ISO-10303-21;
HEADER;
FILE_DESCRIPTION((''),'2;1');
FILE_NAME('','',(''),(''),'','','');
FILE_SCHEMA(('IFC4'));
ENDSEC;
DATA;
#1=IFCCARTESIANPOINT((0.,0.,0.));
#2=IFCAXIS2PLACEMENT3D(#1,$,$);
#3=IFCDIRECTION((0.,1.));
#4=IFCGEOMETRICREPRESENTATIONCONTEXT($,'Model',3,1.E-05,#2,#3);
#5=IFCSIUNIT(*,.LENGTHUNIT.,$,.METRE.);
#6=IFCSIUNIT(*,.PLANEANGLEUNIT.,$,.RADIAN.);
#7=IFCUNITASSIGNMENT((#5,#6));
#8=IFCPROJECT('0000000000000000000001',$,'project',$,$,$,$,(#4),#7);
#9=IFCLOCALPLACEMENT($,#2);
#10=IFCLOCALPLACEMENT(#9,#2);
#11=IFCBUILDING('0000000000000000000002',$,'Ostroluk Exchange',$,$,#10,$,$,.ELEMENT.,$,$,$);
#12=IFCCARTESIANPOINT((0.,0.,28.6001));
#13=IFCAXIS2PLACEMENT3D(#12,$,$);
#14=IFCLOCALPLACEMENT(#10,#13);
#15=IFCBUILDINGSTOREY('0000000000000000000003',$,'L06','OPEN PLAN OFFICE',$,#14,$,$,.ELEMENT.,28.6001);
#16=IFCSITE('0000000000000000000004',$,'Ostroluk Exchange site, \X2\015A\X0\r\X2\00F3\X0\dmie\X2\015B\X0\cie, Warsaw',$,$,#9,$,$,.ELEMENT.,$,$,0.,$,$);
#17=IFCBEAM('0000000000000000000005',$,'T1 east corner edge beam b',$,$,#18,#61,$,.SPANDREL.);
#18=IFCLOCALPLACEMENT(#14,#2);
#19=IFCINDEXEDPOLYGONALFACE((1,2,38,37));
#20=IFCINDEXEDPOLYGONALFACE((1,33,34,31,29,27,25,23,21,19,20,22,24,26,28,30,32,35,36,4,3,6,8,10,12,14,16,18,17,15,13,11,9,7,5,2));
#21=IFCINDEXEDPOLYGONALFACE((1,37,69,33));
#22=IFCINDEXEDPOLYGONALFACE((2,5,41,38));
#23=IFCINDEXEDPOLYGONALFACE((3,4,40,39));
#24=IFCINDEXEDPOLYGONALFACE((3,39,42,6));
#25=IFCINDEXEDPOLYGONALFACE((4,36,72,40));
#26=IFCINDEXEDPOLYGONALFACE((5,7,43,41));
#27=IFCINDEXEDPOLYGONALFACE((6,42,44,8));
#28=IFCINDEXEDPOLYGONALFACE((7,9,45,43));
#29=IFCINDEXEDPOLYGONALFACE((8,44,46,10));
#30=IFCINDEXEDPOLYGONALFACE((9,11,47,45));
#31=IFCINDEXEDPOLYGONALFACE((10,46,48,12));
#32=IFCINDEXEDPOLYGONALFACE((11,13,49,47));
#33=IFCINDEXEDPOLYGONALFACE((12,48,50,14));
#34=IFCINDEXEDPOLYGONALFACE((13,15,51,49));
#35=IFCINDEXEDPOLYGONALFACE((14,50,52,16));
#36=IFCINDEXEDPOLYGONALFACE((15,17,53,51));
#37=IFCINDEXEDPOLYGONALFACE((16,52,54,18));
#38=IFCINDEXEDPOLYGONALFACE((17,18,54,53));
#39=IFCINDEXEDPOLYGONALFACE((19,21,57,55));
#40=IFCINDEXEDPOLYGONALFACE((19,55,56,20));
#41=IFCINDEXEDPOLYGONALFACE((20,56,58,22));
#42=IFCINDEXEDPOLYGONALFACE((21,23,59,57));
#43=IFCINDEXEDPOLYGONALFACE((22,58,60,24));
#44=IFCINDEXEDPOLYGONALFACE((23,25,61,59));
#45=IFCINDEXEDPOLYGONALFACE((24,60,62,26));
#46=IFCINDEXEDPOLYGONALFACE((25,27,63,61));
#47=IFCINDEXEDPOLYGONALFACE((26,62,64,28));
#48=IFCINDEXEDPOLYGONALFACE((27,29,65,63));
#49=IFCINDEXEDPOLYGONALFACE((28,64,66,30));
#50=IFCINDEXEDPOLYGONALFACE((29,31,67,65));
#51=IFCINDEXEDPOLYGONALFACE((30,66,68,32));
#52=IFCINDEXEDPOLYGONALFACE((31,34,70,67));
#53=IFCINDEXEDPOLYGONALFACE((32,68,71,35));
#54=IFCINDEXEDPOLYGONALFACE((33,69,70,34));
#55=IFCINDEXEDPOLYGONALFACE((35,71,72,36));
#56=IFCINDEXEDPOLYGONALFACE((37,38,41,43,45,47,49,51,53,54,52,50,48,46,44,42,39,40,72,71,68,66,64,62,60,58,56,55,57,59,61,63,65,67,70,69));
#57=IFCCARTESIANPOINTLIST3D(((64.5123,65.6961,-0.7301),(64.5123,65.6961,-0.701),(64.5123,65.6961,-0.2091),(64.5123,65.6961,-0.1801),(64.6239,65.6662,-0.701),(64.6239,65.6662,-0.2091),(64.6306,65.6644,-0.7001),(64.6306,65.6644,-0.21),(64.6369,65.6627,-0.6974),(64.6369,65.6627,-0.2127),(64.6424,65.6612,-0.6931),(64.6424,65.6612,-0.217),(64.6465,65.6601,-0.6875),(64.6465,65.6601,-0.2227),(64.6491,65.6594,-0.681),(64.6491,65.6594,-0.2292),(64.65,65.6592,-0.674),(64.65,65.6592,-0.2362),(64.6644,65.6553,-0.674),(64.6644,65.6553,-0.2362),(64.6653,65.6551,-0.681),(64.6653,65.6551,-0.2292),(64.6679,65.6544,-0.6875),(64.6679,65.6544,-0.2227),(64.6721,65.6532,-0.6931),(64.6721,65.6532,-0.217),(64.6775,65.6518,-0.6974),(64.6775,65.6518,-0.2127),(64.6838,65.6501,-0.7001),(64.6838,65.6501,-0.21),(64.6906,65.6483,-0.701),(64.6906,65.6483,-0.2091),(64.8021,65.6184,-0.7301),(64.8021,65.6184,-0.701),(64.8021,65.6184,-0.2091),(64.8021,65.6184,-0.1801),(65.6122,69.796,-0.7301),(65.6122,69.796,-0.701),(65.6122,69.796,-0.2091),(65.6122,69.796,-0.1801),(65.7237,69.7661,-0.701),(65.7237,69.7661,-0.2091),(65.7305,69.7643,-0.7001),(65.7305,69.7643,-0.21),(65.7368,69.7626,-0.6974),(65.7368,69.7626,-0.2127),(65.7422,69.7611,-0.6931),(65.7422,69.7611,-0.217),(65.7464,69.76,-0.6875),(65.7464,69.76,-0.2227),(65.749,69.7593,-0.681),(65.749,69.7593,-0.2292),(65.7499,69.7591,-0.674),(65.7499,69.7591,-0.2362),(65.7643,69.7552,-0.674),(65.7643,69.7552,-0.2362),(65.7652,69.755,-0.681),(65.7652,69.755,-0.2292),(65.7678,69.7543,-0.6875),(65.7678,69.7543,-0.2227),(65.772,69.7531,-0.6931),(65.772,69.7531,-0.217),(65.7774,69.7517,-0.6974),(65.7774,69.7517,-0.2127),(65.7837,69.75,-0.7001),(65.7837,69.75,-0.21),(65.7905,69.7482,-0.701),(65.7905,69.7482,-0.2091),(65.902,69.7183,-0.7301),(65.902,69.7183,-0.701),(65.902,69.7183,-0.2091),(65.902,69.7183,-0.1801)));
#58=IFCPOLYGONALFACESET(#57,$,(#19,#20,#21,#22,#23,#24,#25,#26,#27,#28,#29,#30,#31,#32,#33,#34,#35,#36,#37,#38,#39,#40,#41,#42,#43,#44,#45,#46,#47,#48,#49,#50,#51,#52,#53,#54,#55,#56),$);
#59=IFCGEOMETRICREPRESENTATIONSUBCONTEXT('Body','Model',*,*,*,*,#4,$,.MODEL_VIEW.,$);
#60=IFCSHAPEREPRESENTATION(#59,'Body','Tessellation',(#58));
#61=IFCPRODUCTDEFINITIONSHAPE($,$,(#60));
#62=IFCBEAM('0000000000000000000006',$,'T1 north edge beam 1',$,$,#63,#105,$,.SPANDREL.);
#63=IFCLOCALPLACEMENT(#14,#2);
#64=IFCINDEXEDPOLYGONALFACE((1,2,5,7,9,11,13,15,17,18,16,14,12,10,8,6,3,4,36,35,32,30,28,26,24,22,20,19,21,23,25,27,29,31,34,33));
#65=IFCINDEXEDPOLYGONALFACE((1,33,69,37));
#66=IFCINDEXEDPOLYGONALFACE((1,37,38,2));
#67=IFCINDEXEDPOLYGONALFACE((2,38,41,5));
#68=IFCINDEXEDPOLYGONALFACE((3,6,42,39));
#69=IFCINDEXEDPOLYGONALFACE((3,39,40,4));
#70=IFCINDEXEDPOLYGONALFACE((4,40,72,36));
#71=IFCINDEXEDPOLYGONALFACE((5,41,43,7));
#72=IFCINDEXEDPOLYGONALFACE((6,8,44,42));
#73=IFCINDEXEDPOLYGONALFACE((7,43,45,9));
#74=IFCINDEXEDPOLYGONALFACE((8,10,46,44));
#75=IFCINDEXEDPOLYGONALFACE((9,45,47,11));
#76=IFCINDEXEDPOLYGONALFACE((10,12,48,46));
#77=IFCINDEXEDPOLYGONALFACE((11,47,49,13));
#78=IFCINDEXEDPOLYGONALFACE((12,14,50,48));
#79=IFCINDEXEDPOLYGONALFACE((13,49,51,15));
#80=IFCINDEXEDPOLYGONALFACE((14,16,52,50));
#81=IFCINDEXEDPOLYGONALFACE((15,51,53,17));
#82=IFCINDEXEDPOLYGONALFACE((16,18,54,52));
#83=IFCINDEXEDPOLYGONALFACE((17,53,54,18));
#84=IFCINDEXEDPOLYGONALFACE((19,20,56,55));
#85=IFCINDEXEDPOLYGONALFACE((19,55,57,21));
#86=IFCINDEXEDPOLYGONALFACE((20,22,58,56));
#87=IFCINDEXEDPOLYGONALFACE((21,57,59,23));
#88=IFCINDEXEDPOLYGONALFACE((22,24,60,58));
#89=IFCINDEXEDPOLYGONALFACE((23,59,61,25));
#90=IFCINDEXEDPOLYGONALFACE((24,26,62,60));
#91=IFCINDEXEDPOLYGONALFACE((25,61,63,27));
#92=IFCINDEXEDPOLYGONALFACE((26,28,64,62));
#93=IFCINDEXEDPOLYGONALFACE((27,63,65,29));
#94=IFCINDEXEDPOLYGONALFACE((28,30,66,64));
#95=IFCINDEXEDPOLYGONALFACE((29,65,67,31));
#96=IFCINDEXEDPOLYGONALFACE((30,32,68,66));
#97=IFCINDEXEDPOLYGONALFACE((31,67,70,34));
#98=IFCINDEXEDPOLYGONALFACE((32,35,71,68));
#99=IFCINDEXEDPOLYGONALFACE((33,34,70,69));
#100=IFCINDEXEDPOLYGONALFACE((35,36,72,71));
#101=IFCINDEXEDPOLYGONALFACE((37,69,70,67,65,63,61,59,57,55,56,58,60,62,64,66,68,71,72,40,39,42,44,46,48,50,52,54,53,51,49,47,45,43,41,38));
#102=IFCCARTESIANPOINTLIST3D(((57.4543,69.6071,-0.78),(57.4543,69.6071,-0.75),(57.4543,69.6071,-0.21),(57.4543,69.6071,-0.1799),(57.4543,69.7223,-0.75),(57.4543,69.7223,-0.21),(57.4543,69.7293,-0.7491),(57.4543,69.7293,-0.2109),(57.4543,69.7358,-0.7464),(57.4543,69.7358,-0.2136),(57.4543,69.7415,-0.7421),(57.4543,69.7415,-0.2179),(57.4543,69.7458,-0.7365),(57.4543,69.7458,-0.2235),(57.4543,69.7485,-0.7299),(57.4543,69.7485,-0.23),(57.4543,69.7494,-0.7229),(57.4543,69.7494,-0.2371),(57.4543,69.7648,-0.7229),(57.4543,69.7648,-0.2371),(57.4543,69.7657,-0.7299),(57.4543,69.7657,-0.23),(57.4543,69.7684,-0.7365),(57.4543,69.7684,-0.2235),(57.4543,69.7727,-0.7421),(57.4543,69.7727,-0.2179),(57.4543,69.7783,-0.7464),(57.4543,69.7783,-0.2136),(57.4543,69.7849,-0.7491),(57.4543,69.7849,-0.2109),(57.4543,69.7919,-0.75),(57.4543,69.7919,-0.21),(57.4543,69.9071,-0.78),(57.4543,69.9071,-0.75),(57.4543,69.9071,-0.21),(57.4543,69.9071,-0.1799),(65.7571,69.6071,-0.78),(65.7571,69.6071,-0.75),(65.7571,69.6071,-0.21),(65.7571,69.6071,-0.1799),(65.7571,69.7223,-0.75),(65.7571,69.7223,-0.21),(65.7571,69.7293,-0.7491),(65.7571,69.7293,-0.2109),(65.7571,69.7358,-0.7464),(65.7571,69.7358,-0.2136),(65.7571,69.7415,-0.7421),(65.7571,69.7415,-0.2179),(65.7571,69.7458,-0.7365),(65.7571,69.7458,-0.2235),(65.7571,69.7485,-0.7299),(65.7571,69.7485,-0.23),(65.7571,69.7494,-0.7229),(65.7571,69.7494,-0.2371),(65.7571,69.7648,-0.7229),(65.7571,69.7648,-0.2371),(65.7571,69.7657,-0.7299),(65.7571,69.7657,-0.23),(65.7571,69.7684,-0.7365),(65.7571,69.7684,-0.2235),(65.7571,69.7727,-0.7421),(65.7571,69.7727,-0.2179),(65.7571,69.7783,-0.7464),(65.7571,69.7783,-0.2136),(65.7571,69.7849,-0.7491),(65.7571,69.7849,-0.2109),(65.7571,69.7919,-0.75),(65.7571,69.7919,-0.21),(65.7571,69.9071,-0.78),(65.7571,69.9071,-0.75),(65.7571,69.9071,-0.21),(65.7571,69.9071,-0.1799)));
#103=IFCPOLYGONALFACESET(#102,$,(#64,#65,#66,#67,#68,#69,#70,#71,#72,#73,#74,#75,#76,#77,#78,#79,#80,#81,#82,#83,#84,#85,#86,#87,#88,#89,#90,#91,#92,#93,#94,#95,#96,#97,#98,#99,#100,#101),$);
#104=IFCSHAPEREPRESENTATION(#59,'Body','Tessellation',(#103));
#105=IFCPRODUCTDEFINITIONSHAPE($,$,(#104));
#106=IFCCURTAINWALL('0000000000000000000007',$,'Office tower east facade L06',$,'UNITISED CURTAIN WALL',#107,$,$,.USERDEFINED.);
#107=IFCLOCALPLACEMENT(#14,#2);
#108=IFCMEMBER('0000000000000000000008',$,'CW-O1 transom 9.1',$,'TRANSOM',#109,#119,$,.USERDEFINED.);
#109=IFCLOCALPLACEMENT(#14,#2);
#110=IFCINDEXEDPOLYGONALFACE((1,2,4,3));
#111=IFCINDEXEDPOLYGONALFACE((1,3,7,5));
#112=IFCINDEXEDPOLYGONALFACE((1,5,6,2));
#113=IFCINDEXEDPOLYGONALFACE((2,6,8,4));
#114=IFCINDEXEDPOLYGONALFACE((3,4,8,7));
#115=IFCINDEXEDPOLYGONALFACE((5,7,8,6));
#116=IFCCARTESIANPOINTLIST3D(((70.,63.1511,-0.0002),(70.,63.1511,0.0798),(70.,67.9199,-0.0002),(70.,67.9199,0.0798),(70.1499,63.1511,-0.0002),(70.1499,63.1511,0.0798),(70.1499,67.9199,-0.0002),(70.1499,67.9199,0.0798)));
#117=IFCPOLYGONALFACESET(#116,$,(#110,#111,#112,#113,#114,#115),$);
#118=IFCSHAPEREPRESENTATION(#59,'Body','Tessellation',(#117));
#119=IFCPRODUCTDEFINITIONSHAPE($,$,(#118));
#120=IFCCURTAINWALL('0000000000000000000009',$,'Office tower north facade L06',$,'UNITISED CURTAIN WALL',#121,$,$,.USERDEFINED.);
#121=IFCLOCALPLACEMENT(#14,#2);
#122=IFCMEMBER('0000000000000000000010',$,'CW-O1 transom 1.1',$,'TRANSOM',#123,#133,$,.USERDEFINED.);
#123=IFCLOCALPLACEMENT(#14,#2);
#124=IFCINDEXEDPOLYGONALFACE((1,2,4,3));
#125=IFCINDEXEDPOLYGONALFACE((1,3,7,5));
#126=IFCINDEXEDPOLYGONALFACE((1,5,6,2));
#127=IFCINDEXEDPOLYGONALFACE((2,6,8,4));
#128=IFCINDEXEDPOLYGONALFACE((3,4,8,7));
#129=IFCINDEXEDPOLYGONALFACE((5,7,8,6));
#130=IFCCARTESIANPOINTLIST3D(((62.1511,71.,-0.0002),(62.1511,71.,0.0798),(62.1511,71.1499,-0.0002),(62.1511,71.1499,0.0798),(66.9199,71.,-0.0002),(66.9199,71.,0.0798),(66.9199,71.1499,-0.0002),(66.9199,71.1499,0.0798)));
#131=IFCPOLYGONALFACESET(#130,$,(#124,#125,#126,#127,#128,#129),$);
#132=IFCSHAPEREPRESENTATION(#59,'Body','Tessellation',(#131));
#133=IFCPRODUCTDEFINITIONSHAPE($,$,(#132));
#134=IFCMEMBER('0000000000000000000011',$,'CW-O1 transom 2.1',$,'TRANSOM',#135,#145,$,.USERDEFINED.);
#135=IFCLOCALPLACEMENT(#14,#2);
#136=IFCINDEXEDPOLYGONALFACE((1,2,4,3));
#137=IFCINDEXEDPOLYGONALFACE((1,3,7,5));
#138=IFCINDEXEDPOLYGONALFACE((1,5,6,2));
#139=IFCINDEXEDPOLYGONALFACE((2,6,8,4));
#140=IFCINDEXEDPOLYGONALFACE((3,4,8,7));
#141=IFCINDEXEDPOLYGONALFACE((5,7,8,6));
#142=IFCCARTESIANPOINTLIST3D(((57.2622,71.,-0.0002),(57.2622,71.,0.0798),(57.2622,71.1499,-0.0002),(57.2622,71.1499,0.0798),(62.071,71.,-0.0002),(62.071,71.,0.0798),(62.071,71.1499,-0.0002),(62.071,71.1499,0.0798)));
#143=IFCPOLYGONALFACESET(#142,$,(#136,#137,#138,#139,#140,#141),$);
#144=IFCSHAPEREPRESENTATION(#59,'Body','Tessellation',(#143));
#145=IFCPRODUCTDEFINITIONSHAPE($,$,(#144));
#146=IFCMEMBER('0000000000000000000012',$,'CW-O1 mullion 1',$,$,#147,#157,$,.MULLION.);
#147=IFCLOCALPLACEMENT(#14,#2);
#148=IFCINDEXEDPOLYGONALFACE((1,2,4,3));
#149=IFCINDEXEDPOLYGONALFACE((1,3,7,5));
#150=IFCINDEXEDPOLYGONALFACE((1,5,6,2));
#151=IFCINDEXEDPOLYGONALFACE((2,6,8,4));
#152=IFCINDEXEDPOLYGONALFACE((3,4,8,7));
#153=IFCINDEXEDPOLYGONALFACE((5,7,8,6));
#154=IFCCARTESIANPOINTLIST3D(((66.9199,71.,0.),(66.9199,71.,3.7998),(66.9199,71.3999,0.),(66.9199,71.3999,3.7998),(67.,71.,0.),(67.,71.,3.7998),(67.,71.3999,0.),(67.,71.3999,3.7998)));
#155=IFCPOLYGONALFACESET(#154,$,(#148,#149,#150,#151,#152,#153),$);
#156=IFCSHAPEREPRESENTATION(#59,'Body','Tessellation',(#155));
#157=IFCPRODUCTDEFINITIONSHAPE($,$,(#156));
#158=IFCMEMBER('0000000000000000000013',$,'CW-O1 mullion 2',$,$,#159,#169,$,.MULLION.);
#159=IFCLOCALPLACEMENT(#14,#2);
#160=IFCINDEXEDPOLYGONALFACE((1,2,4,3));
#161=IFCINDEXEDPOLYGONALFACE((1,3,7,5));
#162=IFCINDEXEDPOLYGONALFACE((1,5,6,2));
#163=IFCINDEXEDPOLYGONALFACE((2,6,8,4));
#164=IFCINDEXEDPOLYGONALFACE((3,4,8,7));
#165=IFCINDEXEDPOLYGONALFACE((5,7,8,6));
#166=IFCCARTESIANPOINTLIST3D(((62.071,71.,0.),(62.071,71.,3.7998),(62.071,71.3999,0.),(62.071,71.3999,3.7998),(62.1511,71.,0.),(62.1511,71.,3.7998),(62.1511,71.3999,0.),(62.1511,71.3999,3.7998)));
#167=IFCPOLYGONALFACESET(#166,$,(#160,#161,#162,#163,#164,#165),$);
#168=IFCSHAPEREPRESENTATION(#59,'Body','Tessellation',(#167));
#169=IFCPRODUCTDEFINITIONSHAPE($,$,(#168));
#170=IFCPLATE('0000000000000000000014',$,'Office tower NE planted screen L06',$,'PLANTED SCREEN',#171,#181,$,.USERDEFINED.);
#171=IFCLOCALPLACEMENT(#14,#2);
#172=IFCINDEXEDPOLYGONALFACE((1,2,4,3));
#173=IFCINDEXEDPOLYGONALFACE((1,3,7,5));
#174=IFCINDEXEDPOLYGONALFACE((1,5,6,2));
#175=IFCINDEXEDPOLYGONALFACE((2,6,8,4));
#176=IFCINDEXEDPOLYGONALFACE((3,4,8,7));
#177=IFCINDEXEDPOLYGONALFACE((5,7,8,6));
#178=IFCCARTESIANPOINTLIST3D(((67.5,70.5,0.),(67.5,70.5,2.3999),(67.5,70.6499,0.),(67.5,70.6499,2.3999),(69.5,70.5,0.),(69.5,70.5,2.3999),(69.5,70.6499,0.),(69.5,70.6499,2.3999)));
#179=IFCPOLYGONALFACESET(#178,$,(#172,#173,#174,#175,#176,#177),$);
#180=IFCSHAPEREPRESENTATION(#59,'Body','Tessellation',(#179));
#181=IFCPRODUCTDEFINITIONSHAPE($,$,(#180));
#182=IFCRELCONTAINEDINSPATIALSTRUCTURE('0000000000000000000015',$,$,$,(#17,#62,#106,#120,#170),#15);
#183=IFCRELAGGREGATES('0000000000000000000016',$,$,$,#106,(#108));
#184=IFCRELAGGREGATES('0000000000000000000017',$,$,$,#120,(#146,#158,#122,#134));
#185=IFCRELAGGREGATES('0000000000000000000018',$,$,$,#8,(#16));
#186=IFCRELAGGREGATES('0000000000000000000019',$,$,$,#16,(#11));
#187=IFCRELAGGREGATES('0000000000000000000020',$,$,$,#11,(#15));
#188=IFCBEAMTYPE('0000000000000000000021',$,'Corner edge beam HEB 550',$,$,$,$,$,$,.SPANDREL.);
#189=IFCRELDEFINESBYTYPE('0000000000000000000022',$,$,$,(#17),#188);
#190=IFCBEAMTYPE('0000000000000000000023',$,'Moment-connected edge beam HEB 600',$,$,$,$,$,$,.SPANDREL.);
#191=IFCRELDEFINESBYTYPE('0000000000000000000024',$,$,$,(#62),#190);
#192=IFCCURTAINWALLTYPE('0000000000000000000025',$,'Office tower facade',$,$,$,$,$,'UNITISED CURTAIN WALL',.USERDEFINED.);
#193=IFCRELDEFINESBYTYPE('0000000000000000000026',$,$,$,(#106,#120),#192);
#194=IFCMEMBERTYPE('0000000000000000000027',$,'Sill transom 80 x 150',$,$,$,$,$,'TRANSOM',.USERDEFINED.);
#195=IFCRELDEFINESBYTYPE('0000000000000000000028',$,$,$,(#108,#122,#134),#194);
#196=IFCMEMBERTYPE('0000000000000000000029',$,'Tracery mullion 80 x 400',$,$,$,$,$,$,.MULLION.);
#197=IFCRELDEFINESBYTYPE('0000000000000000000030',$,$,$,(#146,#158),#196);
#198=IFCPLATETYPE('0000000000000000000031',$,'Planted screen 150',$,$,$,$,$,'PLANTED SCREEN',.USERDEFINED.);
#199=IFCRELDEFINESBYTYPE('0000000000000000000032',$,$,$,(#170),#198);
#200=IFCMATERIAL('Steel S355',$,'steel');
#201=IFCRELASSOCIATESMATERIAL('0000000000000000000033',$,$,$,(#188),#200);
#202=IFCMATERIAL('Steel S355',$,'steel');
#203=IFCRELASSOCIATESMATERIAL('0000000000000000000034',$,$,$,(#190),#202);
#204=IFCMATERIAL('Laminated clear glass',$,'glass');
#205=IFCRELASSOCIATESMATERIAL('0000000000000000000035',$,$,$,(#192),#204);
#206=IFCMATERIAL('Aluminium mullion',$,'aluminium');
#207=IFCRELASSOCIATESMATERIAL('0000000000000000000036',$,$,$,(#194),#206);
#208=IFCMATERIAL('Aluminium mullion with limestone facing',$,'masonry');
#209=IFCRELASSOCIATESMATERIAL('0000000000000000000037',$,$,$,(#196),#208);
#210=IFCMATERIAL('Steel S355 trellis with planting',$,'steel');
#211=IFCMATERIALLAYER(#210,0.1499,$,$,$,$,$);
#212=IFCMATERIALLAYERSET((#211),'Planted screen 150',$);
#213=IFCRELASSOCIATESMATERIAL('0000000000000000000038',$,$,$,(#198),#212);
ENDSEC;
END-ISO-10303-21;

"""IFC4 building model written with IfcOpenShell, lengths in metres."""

from ifc_helpers import new_model, si_unit, direction, frame, origin, origin_2d, place, context, subcontext, project, spatial, rectangle, i_section, extrude, material, layer, layer_set, material_profile, profile_set, type_object, element, aggregate, save


model = new_model("IFC4")

# Units and contexts
model_context = context("Model", 3, precision=1e-05, world=origin(), true_north=direction((0.0, 1.0)))
body_context = subcontext(model_context, "Body", "Model", "MODEL_VIEW")
ifc_project = project(units=[si_unit("LENGTHUNIT", "METRE"), si_unit("PLANEANGLEUNIT", "RADIAN")], contexts=[model_context])

# Site, building, storey
site_placement = place(None, origin())
site = spatial("IfcSite", under=ifc_project, at=site_placement, Name="Ostroluk Exchange site, Śródmieście, Warsaw", CompositionType="ELEMENT", RefElevation=0.0)
building_placement = place(site_placement, origin())
building = spatial("IfcBuilding", under=site, at=building_placement, Name="Ostroluk Exchange", CompositionType="ELEMENT")
storey_placement = place(building_placement, frame((0.0, 0.0, 28.6001)))
storey = spatial("IfcBuildingStorey", under=building, at=storey_placement, Name="L06", Description="OPEN PLAN OFFICE", CompositionType="ELEMENT", Elevation=28.6001)

# Beams
ifc_material_1 = material(Name="Steel S355", Category="steel")
ifc_material_profile_1 = material_profile(ifc_material_1, i_section(OverallWidth=0.3, OverallDepth=0.55, WebThickness=0.0149, FlangeThickness=0.0291, FilletRadius=0.0271, at=origin_2d()), Name="HEB 550")
ifc_profile_set_1 = profile_set([ifc_material_profile_1], Name="Steel S355")
beam_type_1 = type_object("IfcBeamType", Name="Corner edge beam HEB 550", PredefinedType="SPANDREL", material=ifc_profile_set_1)
for number, where, z_axis, x_axis, name in (
    (1, (64.6572, 65.6572, -0.4551), (0.259105, 0.965849, 0.0), (-0.965849, 0.259105, 0.0), "T1 east corner edge beam b"),
):
    element("IfcBeam", number, at=place(storey_placement, frame(where, z_axis=z_axis, x_axis=x_axis)), inside=storey, type_object=beam_type_1, Name=name, PredefinedType="SPANDREL", context=body_context, shape_type="SweptSolid", body=[
        extrude(i_section(OverallWidth=0.3, OverallDepth=0.55, WebThickness=0.0149, FlangeThickness=0.0291, FilletRadius=0.0271, at=origin_2d()), origin(), (0.0, 0.0, 1.0), 4.2449),
    ])
ifc_material_2 = material(Name="Steel S355", Category="steel")
ifc_material_profile_2 = material_profile(ifc_material_2, i_section(OverallWidth=0.3, OverallDepth=0.6001, WebThickness=0.0154, FlangeThickness=0.03, FilletRadius=0.0271, at=origin_2d()), Name="HEB 600")
ifc_profile_set_2 = profile_set([ifc_material_profile_2], Name="Steel S355")
beam_type_2 = type_object("IfcBeamType", Name="Moment-connected edge beam HEB 600", PredefinedType="SPANDREL", material=ifc_profile_set_2)
beam_1_placement = place(storey_placement, frame((65.7571, 69.7571, -0.48), z_axis=(-1.0, 0.0, 0.0), x_axis=(0.0, -1.0, 0.0)))
element("IfcBeam", 2, at=beam_1_placement, inside=storey, type_object=beam_type_2, Name="T1 north edge beam 1", PredefinedType="SPANDREL", context=body_context, shape_type="SweptSolid", body=[
    extrude(i_section(OverallWidth=0.3, OverallDepth=0.6001, WebThickness=0.0154, FlangeThickness=0.03, FilletRadius=0.0271, at=origin_2d()), origin(), (0.0, 0.0, 1.0), 8.3027),
])

# Curtain wall, member
ifc_material_3 = material(Name="Laminated clear glass", Category="glass")
curtain_wall_type = type_object("IfcCurtainWallType", Name="Office tower facade", ElementType="UNITISED CURTAIN WALL", PredefinedType="USERDEFINED", material=ifc_material_3)
curtain_wall_1_placement = place(storey_placement, origin())
curtain_wall_1 = element("IfcCurtainWall", 3, at=curtain_wall_1_placement, inside=storey, type_object=curtain_wall_type, Name="Office tower east facade L06", ObjectType="UNITISED CURTAIN WALL", PredefinedType="USERDEFINED")
ifc_material_4 = material(Name="Aluminium mullion", Category="aluminium")
ifc_material_profile_3 = material_profile(ifc_material_4, rectangle(XDim=0.1499, YDim=0.0801, at=origin_2d()), Name="Sill transom 80 x 150")
ifc_profile_set_3 = profile_set([ifc_material_profile_3], Name="Aluminium mullion")
member_type_1 = type_object("IfcMemberType", Name="Sill transom 80 x 150", ElementType="TRANSOM", PredefinedType="USERDEFINED", material=ifc_profile_set_3)
member_1_placement = place(storey_placement, frame((70.075, 63.1511, 0.0398), z_axis=(0.0, 1.0, 0.0), x_axis=(-1.0, 0.0, 0.0)))
member_1 = element("IfcMember", 4, at=member_1_placement, type_object=member_type_1, Name="CW-O1 transom 9.1", ObjectType="TRANSOM", PredefinedType="USERDEFINED", context=body_context, shape_type="SweptSolid", body=[
    extrude(rectangle(XDim=0.1499, YDim=0.0801, at=origin_2d()), origin(), (0.0, 0.0, 1.0), 4.7688),
])

# Curtain wall, members
curtain_wall_2_placement = place(storey_placement, origin())
curtain_wall_2 = element("IfcCurtainWall", 5, at=curtain_wall_2_placement, inside=storey, type_object=curtain_wall_type, Name="Office tower north facade L06", ObjectType="UNITISED CURTAIN WALL", PredefinedType="USERDEFINED")
member_2_placement = place(storey_placement, frame((66.9199, 71.075, 0.0398), z_axis=(-1.0, 0.0, 0.0), x_axis=(0.0, -1.0, 0.0)))
member_2 = element("IfcMember", 6, at=member_2_placement, type_object=member_type_1, Name="CW-O1 transom 1.1", ObjectType="TRANSOM", PredefinedType="USERDEFINED", context=body_context, shape_type="SweptSolid", body=[
    extrude(rectangle(XDim=0.1499, YDim=0.0801, at=origin_2d()), origin(), (0.0, 0.0, 1.0), 4.7688),
])
member_3_placement = place(storey_placement, frame((62.071, 71.075, 0.0398), z_axis=(-1.0, 0.0, 0.0), x_axis=(0.0, -1.0, 0.0)))
member_3 = element("IfcMember", 7, at=member_3_placement, type_object=member_type_1, Name="CW-O1 transom 2.1", ObjectType="TRANSOM", PredefinedType="USERDEFINED", context=body_context, shape_type="SweptSolid", body=[
    extrude(rectangle(XDim=0.1499, YDim=0.0801, at=origin_2d()), origin(), (0.0, 0.0, 1.0), 4.8088),
])
ifc_material_5 = material(Name="Aluminium mullion with limestone facing", Category="masonry")
ifc_material_profile_4 = material_profile(ifc_material_5, rectangle(XDim=0.3999, YDim=0.0801, at=origin_2d()), Name="Tracery mullion 80 x 400")
ifc_profile_set_4 = profile_set([ifc_material_profile_4], Name="Aluminium mullion with limestone facing")
member_type_2 = type_object("IfcMemberType", Name="Tracery mullion 80 x 400", PredefinedType="MULLION", material=ifc_profile_set_4)
member_4_placement = place(storey_placement, frame((66.96, 71.2, 0.0), z_axis=(0.0, 0.0, 1.0), x_axis=(0.0, -1.0, 0.0)))
member_4 = element("IfcMember", 8, at=member_4_placement, type_object=member_type_2, Name="CW-O1 mullion 1", PredefinedType="MULLION", context=body_context, shape_type="SweptSolid", body=[
    extrude(rectangle(XDim=0.3999, YDim=0.0801, at=origin_2d()), origin(), (0.0, 0.0, 1.0), 3.7998),
])
member_5_placement = place(storey_placement, frame((62.1111, 71.2, 0.0), z_axis=(0.0, 0.0, 1.0), x_axis=(0.0, -1.0, 0.0)))
member_5 = element("IfcMember", 9, at=member_5_placement, type_object=member_type_2, Name="CW-O1 mullion 2", PredefinedType="MULLION", context=body_context, shape_type="SweptSolid", body=[
    extrude(rectangle(XDim=0.3999, YDim=0.0801, at=origin_2d()), origin(), (0.0, 0.0, 1.0), 3.7998),
])

# Plate
ifc_material_6 = material(Name="Steel S355 trellis with planting", Category="steel")
ifc_layer_1 = layer(ifc_material_6, 0.1499)
ifc_layer_set_1 = layer_set([ifc_layer_1], Name="Planted screen 150")
plate_type_1 = type_object("IfcPlateType", Name="Planted screen 150", ElementType="PLANTED SCREEN", PredefinedType="USERDEFINED", material=ifc_layer_set_1)
plate_1_placement = place(storey_placement, frame((68.5, 70.575, 0.0), z_axis=(0.0, 0.0, 1.0), x_axis=(1.0, 0.0, 0.0)))
element("IfcPlate", 10, at=plate_1_placement, inside=storey, type_object=plate_type_1, Name="Office tower NE planted screen L06", ObjectType="PLANTED SCREEN", PredefinedType="USERDEFINED", context=body_context, shape_type="SweptSolid", body=[
    extrude(rectangle(XDim=2.0, YDim=0.1499, at=origin_2d()), origin(), (0.0, 0.0, 1.0), 2.3999),
])
aggregate(curtain_wall_1, [member_1])
aggregate(curtain_wall_2, [member_4, member_5, member_2, member_3])

save(model, "model.ifc")
